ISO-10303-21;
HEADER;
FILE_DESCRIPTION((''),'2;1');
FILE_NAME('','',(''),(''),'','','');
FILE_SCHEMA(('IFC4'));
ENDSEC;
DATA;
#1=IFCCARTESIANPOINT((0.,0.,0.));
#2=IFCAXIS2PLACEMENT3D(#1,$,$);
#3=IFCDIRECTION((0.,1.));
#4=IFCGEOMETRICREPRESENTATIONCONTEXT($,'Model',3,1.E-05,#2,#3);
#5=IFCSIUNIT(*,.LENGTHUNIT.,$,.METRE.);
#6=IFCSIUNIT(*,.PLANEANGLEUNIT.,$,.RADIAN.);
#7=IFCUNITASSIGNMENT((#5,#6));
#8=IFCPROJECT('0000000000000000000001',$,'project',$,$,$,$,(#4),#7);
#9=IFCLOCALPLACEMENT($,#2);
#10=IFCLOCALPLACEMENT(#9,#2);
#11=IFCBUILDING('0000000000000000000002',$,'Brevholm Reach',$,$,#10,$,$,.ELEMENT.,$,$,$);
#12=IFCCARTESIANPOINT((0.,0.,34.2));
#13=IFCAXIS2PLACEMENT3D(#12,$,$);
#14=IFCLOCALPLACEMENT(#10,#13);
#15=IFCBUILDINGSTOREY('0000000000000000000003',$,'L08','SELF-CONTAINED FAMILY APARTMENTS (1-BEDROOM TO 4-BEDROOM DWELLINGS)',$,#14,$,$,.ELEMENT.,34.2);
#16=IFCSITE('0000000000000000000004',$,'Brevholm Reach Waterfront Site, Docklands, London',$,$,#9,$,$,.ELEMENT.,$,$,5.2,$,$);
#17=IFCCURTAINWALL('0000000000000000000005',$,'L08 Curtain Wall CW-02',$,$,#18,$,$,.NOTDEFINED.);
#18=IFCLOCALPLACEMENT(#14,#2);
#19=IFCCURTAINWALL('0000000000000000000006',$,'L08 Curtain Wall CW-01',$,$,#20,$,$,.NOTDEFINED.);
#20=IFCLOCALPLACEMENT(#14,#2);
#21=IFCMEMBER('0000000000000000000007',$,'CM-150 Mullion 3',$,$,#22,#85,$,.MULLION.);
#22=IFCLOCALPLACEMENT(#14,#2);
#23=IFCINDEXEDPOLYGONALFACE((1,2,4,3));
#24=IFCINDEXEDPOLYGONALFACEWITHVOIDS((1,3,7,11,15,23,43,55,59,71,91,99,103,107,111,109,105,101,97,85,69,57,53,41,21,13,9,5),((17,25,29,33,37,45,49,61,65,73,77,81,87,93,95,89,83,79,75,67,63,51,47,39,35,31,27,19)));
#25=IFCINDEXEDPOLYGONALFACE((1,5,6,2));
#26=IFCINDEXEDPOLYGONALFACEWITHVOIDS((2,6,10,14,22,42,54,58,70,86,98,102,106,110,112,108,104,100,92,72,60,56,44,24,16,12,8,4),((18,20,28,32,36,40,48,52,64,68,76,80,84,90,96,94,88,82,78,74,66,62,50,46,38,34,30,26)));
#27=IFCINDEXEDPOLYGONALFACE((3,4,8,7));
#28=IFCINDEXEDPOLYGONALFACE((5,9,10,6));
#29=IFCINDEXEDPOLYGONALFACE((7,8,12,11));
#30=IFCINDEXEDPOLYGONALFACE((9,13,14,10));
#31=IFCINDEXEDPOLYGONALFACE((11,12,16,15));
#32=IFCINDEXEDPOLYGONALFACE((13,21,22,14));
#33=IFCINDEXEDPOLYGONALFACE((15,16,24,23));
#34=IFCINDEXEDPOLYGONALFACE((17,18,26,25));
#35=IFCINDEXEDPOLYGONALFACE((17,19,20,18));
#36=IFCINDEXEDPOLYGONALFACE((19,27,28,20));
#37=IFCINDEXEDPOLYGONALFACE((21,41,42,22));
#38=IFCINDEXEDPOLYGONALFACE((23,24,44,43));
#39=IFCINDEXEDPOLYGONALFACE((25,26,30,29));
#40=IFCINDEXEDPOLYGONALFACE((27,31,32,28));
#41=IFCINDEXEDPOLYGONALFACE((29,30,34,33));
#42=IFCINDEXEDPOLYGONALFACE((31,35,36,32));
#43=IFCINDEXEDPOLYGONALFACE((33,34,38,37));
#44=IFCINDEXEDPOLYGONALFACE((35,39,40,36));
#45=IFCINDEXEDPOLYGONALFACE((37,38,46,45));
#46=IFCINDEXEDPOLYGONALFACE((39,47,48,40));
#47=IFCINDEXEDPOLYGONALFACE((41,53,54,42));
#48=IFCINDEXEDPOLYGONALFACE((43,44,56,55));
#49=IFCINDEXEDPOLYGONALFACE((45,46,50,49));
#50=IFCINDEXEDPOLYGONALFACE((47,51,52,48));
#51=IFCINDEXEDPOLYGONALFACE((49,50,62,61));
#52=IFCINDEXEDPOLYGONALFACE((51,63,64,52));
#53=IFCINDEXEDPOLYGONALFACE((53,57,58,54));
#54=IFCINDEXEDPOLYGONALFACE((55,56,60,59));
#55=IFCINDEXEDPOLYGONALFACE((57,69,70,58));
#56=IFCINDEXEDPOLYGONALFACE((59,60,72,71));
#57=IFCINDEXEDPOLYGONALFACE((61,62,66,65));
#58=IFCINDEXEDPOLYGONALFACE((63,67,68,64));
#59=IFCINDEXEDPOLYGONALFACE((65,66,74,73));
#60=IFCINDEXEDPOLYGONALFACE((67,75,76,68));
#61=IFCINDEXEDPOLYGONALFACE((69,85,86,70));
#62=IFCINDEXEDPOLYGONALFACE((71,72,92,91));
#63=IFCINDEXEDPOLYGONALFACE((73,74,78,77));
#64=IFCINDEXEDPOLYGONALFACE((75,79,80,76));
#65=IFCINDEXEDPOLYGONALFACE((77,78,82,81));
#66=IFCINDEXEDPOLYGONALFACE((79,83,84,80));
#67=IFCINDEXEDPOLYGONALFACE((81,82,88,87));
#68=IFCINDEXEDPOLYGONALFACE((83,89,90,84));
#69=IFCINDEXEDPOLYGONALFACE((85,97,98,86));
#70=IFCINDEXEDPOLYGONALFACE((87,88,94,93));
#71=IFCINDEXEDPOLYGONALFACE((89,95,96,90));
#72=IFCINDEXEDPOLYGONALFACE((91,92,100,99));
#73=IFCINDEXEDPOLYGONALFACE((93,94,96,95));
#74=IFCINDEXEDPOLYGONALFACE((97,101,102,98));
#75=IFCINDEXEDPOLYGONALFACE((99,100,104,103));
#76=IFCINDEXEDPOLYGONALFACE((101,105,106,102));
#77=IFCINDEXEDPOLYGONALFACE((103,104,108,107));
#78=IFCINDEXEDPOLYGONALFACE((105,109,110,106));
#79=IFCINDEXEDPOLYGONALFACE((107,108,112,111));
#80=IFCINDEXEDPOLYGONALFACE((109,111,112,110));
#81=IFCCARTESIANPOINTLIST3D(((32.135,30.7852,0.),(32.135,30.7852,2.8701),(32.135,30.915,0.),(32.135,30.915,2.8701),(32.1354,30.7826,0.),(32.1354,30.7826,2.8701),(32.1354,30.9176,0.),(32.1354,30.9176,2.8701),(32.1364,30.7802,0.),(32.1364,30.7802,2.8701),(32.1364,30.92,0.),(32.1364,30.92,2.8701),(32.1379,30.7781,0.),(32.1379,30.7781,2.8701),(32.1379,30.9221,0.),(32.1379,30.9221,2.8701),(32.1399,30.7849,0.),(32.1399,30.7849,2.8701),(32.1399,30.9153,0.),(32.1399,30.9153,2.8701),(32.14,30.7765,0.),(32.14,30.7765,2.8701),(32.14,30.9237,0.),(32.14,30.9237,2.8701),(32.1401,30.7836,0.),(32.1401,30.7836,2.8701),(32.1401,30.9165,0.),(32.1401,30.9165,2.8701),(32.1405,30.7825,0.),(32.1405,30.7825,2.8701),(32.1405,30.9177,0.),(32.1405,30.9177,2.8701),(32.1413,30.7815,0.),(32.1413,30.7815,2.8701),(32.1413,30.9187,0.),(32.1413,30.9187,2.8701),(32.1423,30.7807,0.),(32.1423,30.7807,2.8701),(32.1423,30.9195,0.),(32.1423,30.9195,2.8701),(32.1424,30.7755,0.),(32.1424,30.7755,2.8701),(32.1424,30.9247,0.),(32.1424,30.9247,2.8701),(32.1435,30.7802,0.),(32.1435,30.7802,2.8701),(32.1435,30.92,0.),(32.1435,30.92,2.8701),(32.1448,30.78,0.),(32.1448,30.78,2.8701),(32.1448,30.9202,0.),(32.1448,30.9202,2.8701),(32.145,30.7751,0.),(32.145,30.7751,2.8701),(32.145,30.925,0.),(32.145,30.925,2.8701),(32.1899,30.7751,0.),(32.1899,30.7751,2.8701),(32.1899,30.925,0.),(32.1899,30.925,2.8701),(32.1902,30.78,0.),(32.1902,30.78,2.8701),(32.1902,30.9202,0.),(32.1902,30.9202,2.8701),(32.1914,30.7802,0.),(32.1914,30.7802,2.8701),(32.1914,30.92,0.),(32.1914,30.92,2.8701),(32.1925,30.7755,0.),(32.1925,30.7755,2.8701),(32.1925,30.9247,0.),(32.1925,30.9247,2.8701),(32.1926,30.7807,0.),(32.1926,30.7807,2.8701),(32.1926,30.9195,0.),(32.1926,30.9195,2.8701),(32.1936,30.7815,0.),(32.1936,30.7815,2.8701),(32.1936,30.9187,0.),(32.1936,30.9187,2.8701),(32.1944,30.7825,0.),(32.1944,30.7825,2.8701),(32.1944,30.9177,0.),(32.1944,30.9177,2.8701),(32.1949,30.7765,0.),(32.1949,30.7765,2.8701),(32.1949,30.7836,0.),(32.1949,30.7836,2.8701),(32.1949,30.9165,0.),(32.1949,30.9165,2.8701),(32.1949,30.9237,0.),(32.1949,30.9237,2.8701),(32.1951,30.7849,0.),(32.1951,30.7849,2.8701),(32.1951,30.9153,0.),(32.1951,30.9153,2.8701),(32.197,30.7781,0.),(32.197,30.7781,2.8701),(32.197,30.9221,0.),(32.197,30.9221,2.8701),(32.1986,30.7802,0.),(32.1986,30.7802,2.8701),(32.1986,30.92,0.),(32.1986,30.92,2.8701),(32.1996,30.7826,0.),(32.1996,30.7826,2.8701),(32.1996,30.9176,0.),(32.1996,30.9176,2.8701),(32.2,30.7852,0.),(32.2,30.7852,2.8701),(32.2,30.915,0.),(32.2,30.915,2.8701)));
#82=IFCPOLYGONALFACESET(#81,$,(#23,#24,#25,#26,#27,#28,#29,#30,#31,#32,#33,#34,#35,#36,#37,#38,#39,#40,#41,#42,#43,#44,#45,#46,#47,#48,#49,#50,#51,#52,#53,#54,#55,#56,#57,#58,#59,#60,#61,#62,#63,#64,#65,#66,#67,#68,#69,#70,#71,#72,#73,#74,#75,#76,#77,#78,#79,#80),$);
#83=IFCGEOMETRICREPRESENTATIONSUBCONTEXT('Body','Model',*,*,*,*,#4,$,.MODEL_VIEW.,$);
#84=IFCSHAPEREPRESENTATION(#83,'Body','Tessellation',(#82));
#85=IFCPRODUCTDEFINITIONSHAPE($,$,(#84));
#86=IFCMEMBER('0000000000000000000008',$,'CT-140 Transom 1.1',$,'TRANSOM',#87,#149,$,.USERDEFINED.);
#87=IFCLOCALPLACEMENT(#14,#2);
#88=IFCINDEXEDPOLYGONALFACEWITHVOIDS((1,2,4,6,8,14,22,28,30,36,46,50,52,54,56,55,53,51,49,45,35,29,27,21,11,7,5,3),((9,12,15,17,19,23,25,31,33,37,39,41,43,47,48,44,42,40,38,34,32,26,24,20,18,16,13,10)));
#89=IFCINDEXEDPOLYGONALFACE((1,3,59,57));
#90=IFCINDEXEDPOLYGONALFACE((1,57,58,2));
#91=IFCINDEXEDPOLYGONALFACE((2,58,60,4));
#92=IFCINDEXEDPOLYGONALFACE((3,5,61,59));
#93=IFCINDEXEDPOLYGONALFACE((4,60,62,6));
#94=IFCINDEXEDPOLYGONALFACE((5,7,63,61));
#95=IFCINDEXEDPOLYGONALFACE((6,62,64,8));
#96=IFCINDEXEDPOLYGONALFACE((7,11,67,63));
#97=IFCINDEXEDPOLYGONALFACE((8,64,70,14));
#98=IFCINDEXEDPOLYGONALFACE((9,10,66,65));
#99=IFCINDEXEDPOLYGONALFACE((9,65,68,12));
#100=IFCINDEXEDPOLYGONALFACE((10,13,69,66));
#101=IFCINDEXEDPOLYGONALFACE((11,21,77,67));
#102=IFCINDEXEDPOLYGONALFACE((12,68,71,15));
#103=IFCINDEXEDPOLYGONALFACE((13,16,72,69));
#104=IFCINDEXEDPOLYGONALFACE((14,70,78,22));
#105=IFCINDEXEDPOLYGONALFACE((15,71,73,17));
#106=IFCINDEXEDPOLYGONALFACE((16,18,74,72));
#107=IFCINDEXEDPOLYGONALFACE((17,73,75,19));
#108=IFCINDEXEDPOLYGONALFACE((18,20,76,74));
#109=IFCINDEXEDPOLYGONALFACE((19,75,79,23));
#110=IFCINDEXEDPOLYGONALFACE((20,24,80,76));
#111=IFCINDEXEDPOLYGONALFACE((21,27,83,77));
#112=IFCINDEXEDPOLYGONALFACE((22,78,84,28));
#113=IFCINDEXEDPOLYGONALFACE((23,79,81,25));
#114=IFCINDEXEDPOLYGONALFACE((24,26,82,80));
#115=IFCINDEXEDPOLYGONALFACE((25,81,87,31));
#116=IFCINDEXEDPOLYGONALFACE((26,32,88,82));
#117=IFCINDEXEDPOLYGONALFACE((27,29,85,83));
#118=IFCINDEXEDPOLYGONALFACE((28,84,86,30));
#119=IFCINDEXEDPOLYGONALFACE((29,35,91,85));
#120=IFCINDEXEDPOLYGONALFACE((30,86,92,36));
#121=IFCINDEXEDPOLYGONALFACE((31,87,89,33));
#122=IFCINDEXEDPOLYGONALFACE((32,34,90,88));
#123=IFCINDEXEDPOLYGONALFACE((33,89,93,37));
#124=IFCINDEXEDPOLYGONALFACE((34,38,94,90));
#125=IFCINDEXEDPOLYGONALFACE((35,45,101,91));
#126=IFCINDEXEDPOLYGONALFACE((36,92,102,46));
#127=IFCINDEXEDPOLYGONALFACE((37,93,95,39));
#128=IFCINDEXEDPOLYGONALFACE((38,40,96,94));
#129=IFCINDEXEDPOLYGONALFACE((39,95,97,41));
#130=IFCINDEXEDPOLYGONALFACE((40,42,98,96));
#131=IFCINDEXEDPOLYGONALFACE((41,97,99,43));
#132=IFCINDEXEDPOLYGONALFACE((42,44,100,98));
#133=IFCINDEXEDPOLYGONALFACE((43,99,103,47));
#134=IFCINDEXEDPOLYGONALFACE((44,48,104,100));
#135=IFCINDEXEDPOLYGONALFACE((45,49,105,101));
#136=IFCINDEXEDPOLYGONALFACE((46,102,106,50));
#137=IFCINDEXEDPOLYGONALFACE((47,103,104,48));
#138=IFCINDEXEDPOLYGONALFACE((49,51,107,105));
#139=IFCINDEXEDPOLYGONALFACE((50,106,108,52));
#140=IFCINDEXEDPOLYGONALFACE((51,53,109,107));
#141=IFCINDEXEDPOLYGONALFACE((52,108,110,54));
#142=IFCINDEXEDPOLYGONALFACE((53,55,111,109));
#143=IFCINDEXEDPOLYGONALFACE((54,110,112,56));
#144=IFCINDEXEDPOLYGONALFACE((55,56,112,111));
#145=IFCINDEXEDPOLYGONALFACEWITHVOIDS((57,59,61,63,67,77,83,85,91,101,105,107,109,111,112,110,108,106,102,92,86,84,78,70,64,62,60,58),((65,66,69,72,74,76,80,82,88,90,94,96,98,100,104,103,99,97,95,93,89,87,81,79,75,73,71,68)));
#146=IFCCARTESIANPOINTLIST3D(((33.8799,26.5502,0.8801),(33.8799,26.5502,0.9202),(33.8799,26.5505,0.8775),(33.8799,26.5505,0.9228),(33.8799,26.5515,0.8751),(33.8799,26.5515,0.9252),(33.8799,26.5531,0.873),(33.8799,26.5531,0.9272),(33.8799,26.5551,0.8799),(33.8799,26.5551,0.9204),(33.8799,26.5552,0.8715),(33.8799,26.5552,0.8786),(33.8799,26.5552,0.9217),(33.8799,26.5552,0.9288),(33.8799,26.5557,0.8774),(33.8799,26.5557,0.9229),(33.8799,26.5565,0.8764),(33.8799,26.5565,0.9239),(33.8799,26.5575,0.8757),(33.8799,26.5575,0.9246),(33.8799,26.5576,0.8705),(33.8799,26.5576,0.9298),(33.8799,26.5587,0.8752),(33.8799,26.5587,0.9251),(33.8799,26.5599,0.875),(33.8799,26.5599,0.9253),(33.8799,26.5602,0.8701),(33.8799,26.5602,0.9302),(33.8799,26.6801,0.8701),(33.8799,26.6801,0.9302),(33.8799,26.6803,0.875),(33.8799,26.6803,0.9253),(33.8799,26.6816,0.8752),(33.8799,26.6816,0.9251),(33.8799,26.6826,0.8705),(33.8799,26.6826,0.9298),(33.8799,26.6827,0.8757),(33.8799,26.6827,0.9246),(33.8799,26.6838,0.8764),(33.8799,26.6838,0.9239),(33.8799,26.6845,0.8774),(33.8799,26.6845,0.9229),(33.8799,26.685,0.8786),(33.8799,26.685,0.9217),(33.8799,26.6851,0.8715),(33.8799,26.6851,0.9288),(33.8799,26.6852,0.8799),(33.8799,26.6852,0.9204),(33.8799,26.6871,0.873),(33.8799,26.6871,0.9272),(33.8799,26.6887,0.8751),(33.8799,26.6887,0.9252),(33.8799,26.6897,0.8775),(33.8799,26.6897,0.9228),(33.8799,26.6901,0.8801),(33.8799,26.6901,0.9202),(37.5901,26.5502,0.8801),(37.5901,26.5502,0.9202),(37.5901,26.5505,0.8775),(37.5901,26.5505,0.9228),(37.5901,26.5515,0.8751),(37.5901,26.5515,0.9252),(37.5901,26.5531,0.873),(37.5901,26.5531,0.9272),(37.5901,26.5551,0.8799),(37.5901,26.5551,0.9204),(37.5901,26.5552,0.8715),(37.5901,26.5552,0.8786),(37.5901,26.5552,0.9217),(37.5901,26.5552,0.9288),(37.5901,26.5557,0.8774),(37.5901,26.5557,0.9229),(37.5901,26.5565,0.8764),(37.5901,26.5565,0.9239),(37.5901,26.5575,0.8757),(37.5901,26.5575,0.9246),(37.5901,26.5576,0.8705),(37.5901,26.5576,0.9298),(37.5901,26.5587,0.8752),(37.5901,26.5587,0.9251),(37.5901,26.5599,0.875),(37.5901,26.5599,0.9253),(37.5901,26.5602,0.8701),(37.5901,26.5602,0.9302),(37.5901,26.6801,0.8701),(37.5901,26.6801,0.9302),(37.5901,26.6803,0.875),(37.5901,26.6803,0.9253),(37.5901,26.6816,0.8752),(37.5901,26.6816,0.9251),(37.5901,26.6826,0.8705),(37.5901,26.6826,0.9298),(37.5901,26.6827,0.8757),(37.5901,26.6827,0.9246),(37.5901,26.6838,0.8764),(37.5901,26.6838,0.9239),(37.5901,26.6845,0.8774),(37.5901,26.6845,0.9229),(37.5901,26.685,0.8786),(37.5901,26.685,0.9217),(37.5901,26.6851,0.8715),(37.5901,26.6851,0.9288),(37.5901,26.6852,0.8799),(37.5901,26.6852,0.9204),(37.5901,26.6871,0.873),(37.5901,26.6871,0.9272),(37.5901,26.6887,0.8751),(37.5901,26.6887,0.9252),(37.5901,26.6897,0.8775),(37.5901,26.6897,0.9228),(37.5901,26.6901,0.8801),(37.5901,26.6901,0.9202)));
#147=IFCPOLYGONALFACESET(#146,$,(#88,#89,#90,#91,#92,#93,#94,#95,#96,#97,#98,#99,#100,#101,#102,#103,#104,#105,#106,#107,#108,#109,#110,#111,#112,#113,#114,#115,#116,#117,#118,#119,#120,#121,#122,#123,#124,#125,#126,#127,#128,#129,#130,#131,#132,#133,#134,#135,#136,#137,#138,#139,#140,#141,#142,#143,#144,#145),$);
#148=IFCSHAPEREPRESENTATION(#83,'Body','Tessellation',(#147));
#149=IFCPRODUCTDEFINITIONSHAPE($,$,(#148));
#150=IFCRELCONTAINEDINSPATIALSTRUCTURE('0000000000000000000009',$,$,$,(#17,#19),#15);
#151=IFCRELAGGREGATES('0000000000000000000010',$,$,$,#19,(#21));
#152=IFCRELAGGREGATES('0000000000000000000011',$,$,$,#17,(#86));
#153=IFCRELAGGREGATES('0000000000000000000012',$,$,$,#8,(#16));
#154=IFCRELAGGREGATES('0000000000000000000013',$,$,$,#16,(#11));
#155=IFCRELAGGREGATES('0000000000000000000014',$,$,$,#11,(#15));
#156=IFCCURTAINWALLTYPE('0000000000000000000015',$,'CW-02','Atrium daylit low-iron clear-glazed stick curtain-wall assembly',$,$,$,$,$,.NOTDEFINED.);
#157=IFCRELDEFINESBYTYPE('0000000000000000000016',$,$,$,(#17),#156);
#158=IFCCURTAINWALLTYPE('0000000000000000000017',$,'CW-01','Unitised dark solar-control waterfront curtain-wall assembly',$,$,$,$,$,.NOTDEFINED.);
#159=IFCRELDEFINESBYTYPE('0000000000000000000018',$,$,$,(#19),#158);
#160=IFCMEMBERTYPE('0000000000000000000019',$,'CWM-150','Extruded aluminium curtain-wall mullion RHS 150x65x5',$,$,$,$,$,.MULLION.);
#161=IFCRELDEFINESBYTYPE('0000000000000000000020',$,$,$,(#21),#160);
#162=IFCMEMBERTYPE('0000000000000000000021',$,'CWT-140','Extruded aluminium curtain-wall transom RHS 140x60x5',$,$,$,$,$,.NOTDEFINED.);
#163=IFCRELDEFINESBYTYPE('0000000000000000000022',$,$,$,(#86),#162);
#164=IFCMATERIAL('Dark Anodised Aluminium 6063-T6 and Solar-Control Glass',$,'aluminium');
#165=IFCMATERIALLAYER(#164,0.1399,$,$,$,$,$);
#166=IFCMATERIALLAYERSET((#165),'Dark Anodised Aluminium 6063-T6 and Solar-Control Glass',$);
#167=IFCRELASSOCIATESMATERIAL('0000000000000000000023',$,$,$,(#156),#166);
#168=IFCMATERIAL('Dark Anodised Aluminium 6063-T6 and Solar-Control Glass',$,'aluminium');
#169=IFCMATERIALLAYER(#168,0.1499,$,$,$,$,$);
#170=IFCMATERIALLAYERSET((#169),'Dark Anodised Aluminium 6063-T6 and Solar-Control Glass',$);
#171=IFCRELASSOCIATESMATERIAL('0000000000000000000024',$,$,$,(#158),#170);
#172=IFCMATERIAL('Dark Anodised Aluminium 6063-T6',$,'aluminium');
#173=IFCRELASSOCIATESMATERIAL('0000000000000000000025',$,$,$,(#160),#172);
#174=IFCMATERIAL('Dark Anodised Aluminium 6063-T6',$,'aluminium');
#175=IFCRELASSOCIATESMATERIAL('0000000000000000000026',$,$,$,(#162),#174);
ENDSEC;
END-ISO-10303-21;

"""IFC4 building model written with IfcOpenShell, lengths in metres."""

from ifc_helpers import new_model, si_unit, direction, frame, origin, origin_2d, place, context, subcontext, project, spatial, hollow_rectangle, extrude, material, layer, layer_set, material_profile, profile_set, type_object, element, aggregate, save


model = new_model("IFC4")

# Units and contexts
model_context = context("Model", 3, precision=1e-05, world=origin(), true_north=direction((0.0, 1.0)))
body_context = subcontext(model_context, "Body", "Model", "MODEL_VIEW")
ifc_project = project(units=[si_unit("LENGTHUNIT", "METRE"), si_unit("PLANEANGLEUNIT", "RADIAN")], contexts=[model_context])

# Site, building, storey
site_placement = place(None, origin())
site = spatial("IfcSite", under=ifc_project, at=site_placement, Name="Brevholm Reach Waterfront Site, Docklands, London", CompositionType="ELEMENT", RefElevation=5.2)
building_placement = place(site_placement, origin())
building = spatial("IfcBuilding", under=site, at=building_placement, Name="Brevholm Reach", CompositionType="ELEMENT")
storey_placement = place(building_placement, frame((0.0, 0.0, 34.2)))
storey = spatial("IfcBuildingStorey", under=building, at=storey_placement, Name="L08", Description="SELF-CONTAINED FAMILY APARTMENTS (1-BEDROOM TO 4-BEDROOM DWELLINGS)", CompositionType="ELEMENT", Elevation=34.2)

# Curtain walls, member
ifc_material_1 = material(Name="Dark Anodised Aluminium 6063-T6 and Solar-Control Glass", Category="aluminium")
ifc_layer_1 = layer(ifc_material_1, 0.1399)
ifc_layer_set_1 = layer_set([ifc_layer_1], Name="Dark Anodised Aluminium 6063-T6 and Solar-Control Glass")
curtain_wall_type_1 = type_object("IfcCurtainWallType", Name="CW-02", Description="Atrium daylit low-iron clear-glazed stick curtain-wall assembly", PredefinedType="NOTDEFINED", material=ifc_layer_set_1)
curtain_wall_1_placement = place(storey_placement, origin())
curtain_wall_1 = element("IfcCurtainWall", 1, at=curtain_wall_1_placement, inside=storey, type_object=curtain_wall_type_1, Name="L08 Curtain Wall CW-02", PredefinedType="NOTDEFINED")
ifc_material_2 = material(Name="Dark Anodised Aluminium 6063-T6 and Solar-Control Glass", Category="aluminium")
ifc_layer_2 = layer(ifc_material_2, 0.1499)
ifc_layer_set_2 = layer_set([ifc_layer_2], Name="Dark Anodised Aluminium 6063-T6 and Solar-Control Glass")
curtain_wall_type_2 = type_object("IfcCurtainWallType", Name="CW-01", Description="Unitised dark solar-control waterfront curtain-wall assembly", PredefinedType="NOTDEFINED", material=ifc_layer_set_2)
curtain_wall_2_placement = place(storey_placement, origin())
curtain_wall_2 = element("IfcCurtainWall", 2, at=curtain_wall_2_placement, inside=storey, type_object=curtain_wall_type_2, Name="L08 Curtain Wall CW-01", PredefinedType="NOTDEFINED")
ifc_material_3 = material(Name="Dark Anodised Aluminium 6063-T6", Category="aluminium")
ifc_material_profile_1 = material_profile(ifc_material_3, hollow_rectangle(XDim=0.0649, YDim=0.1499, WallThickness=0.0049, InnerFilletRadius=0.0049, OuterFilletRadius=0.01, at=origin_2d()), Name="RHS 150x65x5")
ifc_profile_set_1 = profile_set([ifc_material_profile_1], Name="Dark Anodised Aluminium 6063-T6")
member_type_1 = type_object("IfcMemberType", Name="CWM-150", Description="Extruded aluminium curtain-wall mullion RHS 150x65x5", PredefinedType="MULLION", material=ifc_profile_set_1)
member_1_placement = place(storey_placement, frame((32.1675, 30.8501, 0.0), z_axis=(0.0, 0.0, 1.0), x_axis=(1.0, 0.0, 0.0)))
member_1 = element("IfcMember", 3, at=member_1_placement, type_object=member_type_1, Name="CM-150 Mullion 3", PredefinedType="MULLION", context=body_context, shape_type="SweptSolid", body=[
    extrude(hollow_rectangle(XDim=0.0649, YDim=0.1499, WallThickness=0.0049, InnerFilletRadius=0.0049, OuterFilletRadius=0.01, at=origin_2d()), origin(), (0.0, 0.0, 1.0), 2.8701),
])

# Member
ifc_material_4 = material(Name="Dark Anodised Aluminium 6063-T6", Category="aluminium")
ifc_material_profile_2 = material_profile(ifc_material_4, hollow_rectangle(XDim=0.0601, YDim=0.1399, WallThickness=0.0049, InnerFilletRadius=0.0049, OuterFilletRadius=0.01, at=origin_2d()), Name="RHS 140x60x5")
ifc_profile_set_2 = profile_set([ifc_material_profile_2], Name="Dark Anodised Aluminium 6063-T6")
member_type_2 = type_object("IfcMemberType", Name="CWT-140", Description="Extruded aluminium curtain-wall transom RHS 140x60x5", PredefinedType="NOTDEFINED", material=ifc_profile_set_2)
member_2_placement = place(storey_placement, frame((37.5901, 26.6201, 0.9001), z_axis=(-1.0, 0.0, 0.0), x_axis=(0.0, 0.0, 1.0)))
member_2 = element("IfcMember", 4, at=member_2_placement, type_object=member_type_2, Name="CT-140 Transom 1.1", ObjectType="TRANSOM", PredefinedType="USERDEFINED", context=body_context, shape_type="SweptSolid", body=[
    extrude(hollow_rectangle(XDim=0.0601, YDim=0.1399, WallThickness=0.0049, InnerFilletRadius=0.0049, OuterFilletRadius=0.01, at=origin_2d()), origin(), (0.0, 0.0, 1.0), 3.7102),
])

aggregate(curtain_wall_2, [member_1])
aggregate(curtain_wall_1, [member_2])

save(model, "model.ifc")
